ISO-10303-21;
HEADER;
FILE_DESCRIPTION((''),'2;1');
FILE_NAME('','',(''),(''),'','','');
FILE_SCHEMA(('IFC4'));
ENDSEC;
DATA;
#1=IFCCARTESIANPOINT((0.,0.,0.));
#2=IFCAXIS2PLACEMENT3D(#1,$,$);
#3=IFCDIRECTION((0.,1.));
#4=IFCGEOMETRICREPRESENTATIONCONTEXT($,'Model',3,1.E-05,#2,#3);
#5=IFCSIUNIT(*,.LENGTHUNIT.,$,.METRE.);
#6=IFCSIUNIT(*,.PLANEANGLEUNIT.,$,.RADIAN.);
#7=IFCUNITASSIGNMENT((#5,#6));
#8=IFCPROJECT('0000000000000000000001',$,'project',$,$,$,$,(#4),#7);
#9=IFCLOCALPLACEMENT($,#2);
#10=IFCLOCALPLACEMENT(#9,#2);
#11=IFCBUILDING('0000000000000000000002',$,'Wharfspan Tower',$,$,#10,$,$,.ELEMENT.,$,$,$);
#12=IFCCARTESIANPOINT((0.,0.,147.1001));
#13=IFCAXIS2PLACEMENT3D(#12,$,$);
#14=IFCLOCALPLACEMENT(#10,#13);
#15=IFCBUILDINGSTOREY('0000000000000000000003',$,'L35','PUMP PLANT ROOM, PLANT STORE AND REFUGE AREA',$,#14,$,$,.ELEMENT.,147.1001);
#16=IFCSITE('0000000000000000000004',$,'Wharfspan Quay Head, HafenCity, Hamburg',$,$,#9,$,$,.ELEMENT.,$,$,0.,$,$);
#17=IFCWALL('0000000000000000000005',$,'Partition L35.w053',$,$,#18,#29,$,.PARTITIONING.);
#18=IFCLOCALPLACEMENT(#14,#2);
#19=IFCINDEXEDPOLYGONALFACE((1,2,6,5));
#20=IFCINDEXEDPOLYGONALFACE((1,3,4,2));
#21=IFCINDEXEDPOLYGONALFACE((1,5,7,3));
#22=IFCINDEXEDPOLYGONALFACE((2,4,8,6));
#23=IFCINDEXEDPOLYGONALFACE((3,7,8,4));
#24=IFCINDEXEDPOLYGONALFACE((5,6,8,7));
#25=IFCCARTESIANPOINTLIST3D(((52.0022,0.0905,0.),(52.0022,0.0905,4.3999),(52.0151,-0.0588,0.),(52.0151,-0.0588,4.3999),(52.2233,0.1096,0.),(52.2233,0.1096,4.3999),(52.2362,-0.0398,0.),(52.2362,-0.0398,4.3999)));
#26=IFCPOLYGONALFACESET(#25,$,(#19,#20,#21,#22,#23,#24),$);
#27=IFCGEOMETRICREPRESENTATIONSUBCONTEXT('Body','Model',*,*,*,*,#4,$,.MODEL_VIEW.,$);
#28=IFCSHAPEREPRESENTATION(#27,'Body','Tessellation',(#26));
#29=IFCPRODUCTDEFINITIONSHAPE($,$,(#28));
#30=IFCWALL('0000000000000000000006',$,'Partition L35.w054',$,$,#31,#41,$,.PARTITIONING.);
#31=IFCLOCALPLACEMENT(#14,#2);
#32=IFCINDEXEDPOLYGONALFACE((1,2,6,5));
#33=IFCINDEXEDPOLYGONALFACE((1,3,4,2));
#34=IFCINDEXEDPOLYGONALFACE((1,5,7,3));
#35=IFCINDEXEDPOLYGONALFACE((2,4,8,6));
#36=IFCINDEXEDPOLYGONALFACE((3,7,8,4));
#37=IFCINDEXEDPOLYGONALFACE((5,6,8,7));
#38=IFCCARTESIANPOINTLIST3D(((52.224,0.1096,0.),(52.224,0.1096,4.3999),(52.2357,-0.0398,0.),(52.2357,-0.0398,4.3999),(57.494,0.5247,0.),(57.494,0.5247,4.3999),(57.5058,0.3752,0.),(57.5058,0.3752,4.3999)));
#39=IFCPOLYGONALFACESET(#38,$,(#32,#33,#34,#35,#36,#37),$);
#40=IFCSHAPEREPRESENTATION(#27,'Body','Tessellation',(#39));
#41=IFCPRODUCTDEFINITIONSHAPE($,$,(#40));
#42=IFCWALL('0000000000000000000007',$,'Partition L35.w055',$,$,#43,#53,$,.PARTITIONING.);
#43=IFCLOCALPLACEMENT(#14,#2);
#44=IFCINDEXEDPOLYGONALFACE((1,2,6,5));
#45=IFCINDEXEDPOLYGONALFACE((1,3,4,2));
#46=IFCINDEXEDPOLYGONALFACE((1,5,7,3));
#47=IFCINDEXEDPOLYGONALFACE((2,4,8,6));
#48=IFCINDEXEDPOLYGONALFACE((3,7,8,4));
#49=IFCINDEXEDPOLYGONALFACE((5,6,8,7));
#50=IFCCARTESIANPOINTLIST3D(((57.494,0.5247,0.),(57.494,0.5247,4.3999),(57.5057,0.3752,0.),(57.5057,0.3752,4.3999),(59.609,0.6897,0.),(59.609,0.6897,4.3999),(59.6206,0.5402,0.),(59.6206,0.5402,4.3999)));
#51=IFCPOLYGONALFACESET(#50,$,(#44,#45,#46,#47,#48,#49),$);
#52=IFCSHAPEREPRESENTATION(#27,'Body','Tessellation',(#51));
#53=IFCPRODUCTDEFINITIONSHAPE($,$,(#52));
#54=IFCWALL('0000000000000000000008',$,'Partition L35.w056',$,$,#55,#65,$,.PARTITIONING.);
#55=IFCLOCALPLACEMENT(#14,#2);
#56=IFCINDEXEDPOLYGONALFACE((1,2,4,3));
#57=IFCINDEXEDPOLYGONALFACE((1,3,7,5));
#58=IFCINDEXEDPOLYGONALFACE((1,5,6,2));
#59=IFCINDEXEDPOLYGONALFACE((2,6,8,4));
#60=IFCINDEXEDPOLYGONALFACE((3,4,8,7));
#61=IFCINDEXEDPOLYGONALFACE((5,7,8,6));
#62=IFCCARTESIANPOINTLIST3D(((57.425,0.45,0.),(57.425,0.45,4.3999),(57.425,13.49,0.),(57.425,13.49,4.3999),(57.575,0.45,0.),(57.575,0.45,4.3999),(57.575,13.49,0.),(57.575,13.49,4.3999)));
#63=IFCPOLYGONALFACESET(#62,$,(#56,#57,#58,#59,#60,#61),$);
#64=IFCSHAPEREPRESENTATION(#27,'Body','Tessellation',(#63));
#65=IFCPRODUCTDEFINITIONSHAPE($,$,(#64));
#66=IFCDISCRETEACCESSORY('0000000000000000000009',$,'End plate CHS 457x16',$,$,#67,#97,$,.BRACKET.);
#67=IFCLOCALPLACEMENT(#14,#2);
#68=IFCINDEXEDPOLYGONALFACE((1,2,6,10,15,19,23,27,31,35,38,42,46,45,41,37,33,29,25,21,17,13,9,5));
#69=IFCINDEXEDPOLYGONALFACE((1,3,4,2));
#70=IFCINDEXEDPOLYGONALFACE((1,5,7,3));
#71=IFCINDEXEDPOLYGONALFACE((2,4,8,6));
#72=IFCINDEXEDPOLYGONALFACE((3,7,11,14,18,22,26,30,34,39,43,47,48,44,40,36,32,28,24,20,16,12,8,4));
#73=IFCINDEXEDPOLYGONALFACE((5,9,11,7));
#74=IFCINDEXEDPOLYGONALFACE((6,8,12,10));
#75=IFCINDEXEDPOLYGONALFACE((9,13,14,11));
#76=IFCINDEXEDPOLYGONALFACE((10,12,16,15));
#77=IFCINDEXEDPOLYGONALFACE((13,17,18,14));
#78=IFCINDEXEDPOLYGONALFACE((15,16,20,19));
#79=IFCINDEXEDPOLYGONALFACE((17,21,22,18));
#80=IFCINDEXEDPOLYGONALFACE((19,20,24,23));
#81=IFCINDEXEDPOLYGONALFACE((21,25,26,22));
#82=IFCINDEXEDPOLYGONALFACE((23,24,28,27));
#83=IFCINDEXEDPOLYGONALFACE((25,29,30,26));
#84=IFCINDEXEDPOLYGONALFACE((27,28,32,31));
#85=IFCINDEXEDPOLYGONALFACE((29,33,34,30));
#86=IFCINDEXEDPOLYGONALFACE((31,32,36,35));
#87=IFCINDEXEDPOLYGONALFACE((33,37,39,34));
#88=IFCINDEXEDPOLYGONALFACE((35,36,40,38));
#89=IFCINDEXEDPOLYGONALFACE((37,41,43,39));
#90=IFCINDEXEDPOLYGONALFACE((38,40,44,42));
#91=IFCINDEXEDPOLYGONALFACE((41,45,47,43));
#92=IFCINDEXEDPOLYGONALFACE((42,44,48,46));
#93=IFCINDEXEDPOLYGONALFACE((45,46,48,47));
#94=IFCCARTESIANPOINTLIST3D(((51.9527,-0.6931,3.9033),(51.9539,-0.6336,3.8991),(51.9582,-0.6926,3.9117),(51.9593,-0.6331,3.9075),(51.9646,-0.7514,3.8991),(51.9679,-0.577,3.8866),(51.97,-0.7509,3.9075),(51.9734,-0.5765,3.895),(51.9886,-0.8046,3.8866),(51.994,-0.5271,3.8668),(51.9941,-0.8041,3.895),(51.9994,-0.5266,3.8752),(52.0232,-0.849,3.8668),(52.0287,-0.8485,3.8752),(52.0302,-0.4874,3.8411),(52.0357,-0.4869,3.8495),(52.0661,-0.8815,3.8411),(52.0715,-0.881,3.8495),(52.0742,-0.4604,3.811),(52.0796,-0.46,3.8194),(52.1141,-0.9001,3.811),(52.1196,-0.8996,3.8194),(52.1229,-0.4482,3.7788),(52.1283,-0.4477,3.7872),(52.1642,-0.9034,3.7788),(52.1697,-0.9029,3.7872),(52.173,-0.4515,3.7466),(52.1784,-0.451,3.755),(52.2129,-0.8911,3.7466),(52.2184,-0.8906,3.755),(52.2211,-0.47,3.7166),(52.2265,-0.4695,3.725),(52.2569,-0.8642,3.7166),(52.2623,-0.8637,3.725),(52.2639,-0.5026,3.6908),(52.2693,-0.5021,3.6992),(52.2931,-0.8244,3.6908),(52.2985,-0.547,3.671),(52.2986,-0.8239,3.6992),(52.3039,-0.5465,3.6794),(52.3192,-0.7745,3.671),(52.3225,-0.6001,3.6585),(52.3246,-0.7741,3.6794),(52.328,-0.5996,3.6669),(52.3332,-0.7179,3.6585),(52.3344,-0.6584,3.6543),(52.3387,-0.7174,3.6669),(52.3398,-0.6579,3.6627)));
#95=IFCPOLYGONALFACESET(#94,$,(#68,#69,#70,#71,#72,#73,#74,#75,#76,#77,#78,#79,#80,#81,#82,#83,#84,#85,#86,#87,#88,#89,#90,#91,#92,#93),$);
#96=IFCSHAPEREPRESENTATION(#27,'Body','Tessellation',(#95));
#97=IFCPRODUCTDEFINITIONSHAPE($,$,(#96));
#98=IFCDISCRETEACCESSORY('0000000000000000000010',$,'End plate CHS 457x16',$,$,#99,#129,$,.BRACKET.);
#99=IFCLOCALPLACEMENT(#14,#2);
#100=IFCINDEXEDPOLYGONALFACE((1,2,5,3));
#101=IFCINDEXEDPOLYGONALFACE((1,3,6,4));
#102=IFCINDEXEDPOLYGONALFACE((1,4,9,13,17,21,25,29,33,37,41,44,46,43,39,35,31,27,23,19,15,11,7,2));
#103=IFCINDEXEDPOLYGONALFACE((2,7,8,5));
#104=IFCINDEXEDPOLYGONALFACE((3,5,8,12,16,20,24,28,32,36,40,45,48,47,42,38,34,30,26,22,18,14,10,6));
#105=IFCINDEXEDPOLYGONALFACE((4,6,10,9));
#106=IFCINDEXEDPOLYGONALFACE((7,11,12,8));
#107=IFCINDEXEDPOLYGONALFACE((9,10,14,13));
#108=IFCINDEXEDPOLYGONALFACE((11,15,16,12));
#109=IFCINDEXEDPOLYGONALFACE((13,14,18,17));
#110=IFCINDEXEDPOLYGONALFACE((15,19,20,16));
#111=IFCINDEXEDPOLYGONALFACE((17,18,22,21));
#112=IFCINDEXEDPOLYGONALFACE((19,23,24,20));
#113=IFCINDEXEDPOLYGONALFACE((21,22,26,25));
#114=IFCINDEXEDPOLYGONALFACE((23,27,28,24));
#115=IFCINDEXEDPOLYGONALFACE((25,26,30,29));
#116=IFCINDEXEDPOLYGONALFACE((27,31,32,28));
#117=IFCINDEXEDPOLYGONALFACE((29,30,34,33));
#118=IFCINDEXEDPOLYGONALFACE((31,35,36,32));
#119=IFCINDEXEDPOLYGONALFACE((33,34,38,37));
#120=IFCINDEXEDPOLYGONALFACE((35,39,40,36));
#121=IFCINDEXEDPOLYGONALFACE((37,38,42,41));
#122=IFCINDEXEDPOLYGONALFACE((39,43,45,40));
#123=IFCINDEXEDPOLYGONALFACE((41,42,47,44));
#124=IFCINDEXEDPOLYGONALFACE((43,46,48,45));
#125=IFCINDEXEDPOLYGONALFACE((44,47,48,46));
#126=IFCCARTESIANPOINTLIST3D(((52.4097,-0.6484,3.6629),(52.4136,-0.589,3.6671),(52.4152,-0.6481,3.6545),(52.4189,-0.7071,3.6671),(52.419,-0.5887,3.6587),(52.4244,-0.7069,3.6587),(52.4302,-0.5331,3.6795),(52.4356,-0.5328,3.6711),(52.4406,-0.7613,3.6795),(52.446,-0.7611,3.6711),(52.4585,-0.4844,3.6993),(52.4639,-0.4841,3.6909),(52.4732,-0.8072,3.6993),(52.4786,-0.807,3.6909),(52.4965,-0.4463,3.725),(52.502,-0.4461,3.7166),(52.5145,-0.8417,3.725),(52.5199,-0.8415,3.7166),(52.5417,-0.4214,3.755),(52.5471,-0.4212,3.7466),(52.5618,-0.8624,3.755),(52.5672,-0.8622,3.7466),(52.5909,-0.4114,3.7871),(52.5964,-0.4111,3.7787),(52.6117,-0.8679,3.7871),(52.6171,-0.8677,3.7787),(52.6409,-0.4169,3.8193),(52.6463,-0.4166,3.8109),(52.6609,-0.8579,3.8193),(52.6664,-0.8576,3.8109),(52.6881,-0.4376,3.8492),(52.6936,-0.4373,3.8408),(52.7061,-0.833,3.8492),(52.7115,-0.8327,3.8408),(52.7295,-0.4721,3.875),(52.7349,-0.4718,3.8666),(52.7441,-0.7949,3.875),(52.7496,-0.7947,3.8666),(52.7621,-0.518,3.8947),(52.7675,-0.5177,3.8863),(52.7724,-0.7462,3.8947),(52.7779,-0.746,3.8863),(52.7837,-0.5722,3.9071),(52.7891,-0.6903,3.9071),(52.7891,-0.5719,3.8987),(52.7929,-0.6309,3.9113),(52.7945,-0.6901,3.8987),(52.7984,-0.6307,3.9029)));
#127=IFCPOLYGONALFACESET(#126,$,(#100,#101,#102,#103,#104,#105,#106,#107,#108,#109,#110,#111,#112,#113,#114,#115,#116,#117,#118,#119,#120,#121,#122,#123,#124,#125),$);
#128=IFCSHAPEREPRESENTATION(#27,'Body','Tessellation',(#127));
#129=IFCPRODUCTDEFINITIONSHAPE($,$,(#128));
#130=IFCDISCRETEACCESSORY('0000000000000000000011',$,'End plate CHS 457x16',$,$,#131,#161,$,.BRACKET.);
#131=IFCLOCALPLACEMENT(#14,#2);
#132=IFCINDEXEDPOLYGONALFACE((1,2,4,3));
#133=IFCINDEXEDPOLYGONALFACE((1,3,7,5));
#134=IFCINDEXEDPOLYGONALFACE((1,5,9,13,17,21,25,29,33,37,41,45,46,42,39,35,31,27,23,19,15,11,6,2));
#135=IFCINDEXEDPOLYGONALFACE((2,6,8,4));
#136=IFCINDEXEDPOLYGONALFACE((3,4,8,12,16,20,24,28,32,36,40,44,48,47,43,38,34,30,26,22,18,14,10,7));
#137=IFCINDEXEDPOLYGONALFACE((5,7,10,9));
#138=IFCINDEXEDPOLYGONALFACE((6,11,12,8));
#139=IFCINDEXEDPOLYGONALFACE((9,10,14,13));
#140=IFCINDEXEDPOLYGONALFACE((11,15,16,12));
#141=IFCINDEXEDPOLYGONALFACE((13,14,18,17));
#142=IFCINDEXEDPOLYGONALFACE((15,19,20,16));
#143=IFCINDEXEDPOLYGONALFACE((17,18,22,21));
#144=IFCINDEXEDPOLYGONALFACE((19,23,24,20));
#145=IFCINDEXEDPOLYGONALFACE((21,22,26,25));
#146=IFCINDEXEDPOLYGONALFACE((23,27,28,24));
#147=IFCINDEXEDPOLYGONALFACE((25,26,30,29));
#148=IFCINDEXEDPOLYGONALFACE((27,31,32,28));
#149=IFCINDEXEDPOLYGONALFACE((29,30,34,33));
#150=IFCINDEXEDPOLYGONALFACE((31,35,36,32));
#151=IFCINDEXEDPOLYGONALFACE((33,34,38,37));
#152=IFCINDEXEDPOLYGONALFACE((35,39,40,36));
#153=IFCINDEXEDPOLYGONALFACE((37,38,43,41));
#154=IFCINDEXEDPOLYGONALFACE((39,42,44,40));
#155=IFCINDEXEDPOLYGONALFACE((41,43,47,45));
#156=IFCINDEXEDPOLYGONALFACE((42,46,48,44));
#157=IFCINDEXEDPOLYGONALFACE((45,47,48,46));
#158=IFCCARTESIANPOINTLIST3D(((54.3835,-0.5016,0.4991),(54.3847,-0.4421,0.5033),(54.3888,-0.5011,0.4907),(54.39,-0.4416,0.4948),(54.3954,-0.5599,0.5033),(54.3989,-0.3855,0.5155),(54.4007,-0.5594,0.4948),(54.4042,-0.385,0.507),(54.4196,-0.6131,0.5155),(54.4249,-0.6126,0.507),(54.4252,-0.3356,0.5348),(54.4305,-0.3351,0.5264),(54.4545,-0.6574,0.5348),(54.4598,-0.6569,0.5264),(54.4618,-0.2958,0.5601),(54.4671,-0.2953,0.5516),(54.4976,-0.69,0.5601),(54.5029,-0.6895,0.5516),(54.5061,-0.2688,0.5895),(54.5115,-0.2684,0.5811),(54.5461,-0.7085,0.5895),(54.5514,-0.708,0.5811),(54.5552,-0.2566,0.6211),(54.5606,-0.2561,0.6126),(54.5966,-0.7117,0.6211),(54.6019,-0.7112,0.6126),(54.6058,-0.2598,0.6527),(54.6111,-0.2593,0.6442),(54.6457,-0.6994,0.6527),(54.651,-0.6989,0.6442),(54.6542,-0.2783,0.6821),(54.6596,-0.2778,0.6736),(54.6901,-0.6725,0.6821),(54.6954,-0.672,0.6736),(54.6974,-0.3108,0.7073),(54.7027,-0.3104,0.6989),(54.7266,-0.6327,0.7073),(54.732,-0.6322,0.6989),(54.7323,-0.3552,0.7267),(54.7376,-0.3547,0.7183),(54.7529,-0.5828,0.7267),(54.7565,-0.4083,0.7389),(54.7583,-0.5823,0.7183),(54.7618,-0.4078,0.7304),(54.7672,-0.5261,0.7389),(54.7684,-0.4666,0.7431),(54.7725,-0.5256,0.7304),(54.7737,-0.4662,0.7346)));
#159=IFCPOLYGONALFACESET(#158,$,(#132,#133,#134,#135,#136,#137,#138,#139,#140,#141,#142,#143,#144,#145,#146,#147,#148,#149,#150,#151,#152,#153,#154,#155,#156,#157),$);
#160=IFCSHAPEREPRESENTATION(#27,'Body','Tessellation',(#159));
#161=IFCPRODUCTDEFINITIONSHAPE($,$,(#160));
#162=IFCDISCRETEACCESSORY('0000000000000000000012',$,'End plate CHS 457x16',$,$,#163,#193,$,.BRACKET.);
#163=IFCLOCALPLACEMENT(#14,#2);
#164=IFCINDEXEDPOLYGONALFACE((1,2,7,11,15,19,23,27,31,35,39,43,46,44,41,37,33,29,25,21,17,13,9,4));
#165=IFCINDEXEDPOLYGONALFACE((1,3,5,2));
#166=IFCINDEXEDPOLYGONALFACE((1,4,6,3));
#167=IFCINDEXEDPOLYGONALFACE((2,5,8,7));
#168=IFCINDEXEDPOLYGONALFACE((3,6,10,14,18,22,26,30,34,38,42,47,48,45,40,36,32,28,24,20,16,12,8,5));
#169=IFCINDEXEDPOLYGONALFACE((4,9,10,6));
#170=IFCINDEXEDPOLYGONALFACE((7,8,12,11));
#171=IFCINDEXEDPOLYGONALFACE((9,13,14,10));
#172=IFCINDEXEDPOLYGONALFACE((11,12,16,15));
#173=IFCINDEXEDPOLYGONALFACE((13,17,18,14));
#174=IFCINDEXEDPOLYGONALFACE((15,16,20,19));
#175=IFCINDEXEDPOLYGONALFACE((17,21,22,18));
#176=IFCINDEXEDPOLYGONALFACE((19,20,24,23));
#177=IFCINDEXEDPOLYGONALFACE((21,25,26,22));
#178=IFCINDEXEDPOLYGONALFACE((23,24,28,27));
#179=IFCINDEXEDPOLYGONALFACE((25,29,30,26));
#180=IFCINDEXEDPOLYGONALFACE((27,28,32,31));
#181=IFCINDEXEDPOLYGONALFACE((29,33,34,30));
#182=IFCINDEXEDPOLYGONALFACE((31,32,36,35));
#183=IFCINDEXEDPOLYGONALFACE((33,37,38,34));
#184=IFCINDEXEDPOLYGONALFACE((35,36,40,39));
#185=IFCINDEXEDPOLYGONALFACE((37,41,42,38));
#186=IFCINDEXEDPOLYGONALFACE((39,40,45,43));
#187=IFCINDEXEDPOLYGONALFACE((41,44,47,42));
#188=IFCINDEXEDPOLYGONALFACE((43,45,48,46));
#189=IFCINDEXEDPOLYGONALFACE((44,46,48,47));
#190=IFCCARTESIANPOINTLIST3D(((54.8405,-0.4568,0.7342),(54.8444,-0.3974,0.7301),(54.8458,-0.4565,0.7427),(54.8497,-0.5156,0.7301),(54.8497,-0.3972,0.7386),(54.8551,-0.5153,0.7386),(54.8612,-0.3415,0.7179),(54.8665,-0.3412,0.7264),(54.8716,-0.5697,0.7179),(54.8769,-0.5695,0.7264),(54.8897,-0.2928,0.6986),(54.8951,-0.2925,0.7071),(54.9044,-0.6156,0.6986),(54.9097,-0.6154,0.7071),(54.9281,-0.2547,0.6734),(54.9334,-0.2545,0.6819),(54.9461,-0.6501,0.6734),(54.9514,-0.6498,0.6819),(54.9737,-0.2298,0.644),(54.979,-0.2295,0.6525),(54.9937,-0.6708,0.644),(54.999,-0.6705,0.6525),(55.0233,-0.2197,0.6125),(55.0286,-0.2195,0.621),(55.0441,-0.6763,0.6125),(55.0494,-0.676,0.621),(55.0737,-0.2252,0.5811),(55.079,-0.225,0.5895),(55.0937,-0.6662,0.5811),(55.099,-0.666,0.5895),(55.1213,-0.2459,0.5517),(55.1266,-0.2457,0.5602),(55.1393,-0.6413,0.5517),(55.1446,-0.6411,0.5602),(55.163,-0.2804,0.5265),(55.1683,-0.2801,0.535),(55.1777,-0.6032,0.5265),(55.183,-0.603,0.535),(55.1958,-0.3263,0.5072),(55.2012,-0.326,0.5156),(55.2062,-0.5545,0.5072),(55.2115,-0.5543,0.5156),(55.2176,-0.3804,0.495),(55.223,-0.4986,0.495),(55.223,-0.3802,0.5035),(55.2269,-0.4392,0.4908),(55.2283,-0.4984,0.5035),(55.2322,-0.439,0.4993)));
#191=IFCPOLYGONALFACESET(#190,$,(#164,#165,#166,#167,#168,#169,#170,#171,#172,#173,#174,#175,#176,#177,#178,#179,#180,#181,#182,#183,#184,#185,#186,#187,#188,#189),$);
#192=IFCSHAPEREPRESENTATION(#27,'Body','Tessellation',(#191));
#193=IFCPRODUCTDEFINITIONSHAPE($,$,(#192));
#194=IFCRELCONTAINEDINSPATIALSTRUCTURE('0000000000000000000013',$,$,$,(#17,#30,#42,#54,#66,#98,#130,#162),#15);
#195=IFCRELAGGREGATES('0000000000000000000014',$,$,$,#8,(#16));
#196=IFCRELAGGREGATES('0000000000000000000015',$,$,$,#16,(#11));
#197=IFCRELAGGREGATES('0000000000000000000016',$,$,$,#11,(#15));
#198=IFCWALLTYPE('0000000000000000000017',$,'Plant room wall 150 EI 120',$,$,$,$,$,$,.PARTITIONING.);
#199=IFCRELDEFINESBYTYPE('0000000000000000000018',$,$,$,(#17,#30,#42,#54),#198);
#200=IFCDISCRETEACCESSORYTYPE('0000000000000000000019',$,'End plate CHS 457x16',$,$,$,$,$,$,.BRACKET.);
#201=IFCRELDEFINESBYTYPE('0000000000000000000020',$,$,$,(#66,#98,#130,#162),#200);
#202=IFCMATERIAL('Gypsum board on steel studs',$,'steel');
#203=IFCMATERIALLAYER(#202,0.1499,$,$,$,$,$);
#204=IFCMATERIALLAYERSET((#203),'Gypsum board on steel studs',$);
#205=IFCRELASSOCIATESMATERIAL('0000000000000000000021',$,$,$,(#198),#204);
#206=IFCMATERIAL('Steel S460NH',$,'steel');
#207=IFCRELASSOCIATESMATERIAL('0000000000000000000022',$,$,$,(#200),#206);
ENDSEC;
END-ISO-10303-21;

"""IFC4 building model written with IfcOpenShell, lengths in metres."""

from ifc_helpers import new_model, si_unit, direction, frame, frame_2d, origin, origin_2d, place, context, subcontext, project, spatial, rectangle, circle, extrude, material, layer, layer_set, material_profile, profile_set, type_object, element, save


model = new_model("IFC4")

# Units and contexts
model_context = context("Model", 3, precision=1e-05, world=origin(), true_north=direction((0.0, 1.0)))
body_context = subcontext(model_context, "Body", "Model", "MODEL_VIEW")
ifc_project = project(units=[si_unit("LENGTHUNIT", "METRE"), si_unit("PLANEANGLEUNIT", "RADIAN")], contexts=[model_context])

# Site, building, storey
site_placement = place(None, origin())
site = spatial("IfcSite", under=ifc_project, at=site_placement, Name="Wharfspan Quay Head, HafenCity, Hamburg", CompositionType="ELEMENT", RefElevation=0.0)
building_placement = place(site_placement, origin())
building = spatial("IfcBuilding", under=site, at=building_placement, Name="Wharfspan Tower", CompositionType="ELEMENT")
storey_placement = place(building_placement, frame((0.0, 0.0, 147.1001)))
storey = spatial("IfcBuildingStorey", under=building, at=storey_placement, Name="L35", Description="PUMP PLANT ROOM, PLANT STORE AND REFUGE AREA", CompositionType="ELEMENT", Elevation=147.1001)

# Shared definitions
ifc_material_1 = material(Name="Steel S460NH", Category="steel")

# Shared definitions
ifc_material_2 = material(Name="Gypsum board on steel studs", Category="steel")

# Shared definitions
ifc_layer_1 = layer(ifc_material_2, 0.1499)
ifc_layer_set_1 = layer_set([ifc_layer_1], Name="Gypsum board on steel studs")
wall_type_1 = type_object("IfcWallType", Name="Plant room wall 150 EI 120", PredefinedType="PARTITIONING", material=ifc_layer_set_1)

# Walls
wall_1_placement = place(storey_placement, frame((52.0088, 0.0159, 0.0), z_axis=(0.0, 0.0, 1.0), x_axis=(0.99631, 0.085775, 0.0)))
element("IfcWall", 1, at=wall_1_placement, inside=storey, type_object=wall_type_1, Name="Partition L35.w053", PredefinedType="PARTITIONING", context=body_context, shape_type="SweptSolid", body=[
    extrude(rectangle(XDim=0.2219, YDim=0.1499, at=frame_2d((0.1108, 0.0))), origin(), (0.0, 0.0, 1.0), 4.3999),
])
wall_2_placement = place(storey_placement, frame((52.23, 0.0349, 0.0), z_axis=(0.0, 0.0, 1.0), x_axis=(0.996917, 0.078512, 0.0)))
element("IfcWall", 2, at=wall_2_placement, inside=storey, type_object=wall_type_1, Name="Partition L35.w054", PredefinedType="PARTITIONING", context=body_context, shape_type="SweptSolid", body=[
    extrude(rectangle(XDim=5.2864, YDim=0.1499, at=frame_2d((2.6431, 0.0))), origin(), (0.0, 0.0, 1.0), 4.3999),
])
wall_3_placement = place(storey_placement, frame((57.5, 0.45, 0.0), z_axis=(0.0, 0.0, 1.0), x_axis=(0.996965, 0.077796, 0.0)))
element("IfcWall", 3, at=wall_3_placement, inside=storey, type_object=wall_type_1, Name="Partition L35.w055", PredefinedType="PARTITIONING", context=body_context, shape_type="SweptSolid", body=[
    extrude(rectangle(XDim=2.1213, YDim=0.1499, at=frame_2d((1.0605, 0.0))), origin(), (0.0, 0.0, 1.0), 4.3999),
])
wall_4_placement = place(storey_placement, frame((57.5, 0.45, 0.0), z_axis=(0.0, 0.0, 1.0), x_axis=(0.0, 1.0, 0.0)))
element("IfcWall", 4, at=wall_4_placement, inside=storey, type_object=wall_type_1, Name="Partition L35.w056", PredefinedType="PARTITIONING", context=body_context, shape_type="SweptSolid", body=[
    extrude(rectangle(XDim=13.04, YDim=0.1499, at=frame_2d((6.52, 0.0))), origin(), (0.0, 0.0, 1.0), 4.3999),
])

# Discrete accessories
ifc_material_profile_1 = material_profile(ifc_material_1, circle(Radius=0.2285, at=origin_2d()))
ifc_profile_set_1 = profile_set([ifc_material_profile_1], Name="Steel S460NH")
discrete_accessory_type_1 = type_object("IfcDiscreteAccessoryType", Name="End plate CHS 457x16", PredefinedType="BRACKET", material=ifc_profile_set_1)
for number, where, z_axis, x_axis, name in (
    (5, (52.1436, -0.6758, 3.7788), (0.54259, 0.049326, 0.838548), (-0.090535, 0.995892, 0.0), "End plate CHS 457x16"),
    (6, (52.6013, -0.6396, 3.7871), (0.543086, 0.024686, -0.839314), (-0.045408, 0.998965, 0.0), "End plate CHS 457x16"),
    (7, (54.5759, -0.4841, 0.6211), (0.53155, 0.048323, -0.845647), (-0.090535, 0.995897, 0.000001), "End plate CHS 457x16"),
    (8, (55.0337, -0.448, 0.6125), (0.532016, 0.024183, 0.846389), (-0.045407, 0.99897, -0.000001), "End plate CHS 457x16"),
):
    element("IfcDiscreteAccessory", number, at=place(storey_placement, frame(where, z_axis=z_axis, x_axis=x_axis)), inside=storey, type_object=discrete_accessory_type_1, Name=name, PredefinedType="BRACKET", context=body_context, shape_type="SweptSolid", body=[
        extrude(circle(Radius=0.2285, at=origin_2d()), origin(), (0.0, 0.0, 1.0), 0.01),
    ])

save(model, "model.ifc")
